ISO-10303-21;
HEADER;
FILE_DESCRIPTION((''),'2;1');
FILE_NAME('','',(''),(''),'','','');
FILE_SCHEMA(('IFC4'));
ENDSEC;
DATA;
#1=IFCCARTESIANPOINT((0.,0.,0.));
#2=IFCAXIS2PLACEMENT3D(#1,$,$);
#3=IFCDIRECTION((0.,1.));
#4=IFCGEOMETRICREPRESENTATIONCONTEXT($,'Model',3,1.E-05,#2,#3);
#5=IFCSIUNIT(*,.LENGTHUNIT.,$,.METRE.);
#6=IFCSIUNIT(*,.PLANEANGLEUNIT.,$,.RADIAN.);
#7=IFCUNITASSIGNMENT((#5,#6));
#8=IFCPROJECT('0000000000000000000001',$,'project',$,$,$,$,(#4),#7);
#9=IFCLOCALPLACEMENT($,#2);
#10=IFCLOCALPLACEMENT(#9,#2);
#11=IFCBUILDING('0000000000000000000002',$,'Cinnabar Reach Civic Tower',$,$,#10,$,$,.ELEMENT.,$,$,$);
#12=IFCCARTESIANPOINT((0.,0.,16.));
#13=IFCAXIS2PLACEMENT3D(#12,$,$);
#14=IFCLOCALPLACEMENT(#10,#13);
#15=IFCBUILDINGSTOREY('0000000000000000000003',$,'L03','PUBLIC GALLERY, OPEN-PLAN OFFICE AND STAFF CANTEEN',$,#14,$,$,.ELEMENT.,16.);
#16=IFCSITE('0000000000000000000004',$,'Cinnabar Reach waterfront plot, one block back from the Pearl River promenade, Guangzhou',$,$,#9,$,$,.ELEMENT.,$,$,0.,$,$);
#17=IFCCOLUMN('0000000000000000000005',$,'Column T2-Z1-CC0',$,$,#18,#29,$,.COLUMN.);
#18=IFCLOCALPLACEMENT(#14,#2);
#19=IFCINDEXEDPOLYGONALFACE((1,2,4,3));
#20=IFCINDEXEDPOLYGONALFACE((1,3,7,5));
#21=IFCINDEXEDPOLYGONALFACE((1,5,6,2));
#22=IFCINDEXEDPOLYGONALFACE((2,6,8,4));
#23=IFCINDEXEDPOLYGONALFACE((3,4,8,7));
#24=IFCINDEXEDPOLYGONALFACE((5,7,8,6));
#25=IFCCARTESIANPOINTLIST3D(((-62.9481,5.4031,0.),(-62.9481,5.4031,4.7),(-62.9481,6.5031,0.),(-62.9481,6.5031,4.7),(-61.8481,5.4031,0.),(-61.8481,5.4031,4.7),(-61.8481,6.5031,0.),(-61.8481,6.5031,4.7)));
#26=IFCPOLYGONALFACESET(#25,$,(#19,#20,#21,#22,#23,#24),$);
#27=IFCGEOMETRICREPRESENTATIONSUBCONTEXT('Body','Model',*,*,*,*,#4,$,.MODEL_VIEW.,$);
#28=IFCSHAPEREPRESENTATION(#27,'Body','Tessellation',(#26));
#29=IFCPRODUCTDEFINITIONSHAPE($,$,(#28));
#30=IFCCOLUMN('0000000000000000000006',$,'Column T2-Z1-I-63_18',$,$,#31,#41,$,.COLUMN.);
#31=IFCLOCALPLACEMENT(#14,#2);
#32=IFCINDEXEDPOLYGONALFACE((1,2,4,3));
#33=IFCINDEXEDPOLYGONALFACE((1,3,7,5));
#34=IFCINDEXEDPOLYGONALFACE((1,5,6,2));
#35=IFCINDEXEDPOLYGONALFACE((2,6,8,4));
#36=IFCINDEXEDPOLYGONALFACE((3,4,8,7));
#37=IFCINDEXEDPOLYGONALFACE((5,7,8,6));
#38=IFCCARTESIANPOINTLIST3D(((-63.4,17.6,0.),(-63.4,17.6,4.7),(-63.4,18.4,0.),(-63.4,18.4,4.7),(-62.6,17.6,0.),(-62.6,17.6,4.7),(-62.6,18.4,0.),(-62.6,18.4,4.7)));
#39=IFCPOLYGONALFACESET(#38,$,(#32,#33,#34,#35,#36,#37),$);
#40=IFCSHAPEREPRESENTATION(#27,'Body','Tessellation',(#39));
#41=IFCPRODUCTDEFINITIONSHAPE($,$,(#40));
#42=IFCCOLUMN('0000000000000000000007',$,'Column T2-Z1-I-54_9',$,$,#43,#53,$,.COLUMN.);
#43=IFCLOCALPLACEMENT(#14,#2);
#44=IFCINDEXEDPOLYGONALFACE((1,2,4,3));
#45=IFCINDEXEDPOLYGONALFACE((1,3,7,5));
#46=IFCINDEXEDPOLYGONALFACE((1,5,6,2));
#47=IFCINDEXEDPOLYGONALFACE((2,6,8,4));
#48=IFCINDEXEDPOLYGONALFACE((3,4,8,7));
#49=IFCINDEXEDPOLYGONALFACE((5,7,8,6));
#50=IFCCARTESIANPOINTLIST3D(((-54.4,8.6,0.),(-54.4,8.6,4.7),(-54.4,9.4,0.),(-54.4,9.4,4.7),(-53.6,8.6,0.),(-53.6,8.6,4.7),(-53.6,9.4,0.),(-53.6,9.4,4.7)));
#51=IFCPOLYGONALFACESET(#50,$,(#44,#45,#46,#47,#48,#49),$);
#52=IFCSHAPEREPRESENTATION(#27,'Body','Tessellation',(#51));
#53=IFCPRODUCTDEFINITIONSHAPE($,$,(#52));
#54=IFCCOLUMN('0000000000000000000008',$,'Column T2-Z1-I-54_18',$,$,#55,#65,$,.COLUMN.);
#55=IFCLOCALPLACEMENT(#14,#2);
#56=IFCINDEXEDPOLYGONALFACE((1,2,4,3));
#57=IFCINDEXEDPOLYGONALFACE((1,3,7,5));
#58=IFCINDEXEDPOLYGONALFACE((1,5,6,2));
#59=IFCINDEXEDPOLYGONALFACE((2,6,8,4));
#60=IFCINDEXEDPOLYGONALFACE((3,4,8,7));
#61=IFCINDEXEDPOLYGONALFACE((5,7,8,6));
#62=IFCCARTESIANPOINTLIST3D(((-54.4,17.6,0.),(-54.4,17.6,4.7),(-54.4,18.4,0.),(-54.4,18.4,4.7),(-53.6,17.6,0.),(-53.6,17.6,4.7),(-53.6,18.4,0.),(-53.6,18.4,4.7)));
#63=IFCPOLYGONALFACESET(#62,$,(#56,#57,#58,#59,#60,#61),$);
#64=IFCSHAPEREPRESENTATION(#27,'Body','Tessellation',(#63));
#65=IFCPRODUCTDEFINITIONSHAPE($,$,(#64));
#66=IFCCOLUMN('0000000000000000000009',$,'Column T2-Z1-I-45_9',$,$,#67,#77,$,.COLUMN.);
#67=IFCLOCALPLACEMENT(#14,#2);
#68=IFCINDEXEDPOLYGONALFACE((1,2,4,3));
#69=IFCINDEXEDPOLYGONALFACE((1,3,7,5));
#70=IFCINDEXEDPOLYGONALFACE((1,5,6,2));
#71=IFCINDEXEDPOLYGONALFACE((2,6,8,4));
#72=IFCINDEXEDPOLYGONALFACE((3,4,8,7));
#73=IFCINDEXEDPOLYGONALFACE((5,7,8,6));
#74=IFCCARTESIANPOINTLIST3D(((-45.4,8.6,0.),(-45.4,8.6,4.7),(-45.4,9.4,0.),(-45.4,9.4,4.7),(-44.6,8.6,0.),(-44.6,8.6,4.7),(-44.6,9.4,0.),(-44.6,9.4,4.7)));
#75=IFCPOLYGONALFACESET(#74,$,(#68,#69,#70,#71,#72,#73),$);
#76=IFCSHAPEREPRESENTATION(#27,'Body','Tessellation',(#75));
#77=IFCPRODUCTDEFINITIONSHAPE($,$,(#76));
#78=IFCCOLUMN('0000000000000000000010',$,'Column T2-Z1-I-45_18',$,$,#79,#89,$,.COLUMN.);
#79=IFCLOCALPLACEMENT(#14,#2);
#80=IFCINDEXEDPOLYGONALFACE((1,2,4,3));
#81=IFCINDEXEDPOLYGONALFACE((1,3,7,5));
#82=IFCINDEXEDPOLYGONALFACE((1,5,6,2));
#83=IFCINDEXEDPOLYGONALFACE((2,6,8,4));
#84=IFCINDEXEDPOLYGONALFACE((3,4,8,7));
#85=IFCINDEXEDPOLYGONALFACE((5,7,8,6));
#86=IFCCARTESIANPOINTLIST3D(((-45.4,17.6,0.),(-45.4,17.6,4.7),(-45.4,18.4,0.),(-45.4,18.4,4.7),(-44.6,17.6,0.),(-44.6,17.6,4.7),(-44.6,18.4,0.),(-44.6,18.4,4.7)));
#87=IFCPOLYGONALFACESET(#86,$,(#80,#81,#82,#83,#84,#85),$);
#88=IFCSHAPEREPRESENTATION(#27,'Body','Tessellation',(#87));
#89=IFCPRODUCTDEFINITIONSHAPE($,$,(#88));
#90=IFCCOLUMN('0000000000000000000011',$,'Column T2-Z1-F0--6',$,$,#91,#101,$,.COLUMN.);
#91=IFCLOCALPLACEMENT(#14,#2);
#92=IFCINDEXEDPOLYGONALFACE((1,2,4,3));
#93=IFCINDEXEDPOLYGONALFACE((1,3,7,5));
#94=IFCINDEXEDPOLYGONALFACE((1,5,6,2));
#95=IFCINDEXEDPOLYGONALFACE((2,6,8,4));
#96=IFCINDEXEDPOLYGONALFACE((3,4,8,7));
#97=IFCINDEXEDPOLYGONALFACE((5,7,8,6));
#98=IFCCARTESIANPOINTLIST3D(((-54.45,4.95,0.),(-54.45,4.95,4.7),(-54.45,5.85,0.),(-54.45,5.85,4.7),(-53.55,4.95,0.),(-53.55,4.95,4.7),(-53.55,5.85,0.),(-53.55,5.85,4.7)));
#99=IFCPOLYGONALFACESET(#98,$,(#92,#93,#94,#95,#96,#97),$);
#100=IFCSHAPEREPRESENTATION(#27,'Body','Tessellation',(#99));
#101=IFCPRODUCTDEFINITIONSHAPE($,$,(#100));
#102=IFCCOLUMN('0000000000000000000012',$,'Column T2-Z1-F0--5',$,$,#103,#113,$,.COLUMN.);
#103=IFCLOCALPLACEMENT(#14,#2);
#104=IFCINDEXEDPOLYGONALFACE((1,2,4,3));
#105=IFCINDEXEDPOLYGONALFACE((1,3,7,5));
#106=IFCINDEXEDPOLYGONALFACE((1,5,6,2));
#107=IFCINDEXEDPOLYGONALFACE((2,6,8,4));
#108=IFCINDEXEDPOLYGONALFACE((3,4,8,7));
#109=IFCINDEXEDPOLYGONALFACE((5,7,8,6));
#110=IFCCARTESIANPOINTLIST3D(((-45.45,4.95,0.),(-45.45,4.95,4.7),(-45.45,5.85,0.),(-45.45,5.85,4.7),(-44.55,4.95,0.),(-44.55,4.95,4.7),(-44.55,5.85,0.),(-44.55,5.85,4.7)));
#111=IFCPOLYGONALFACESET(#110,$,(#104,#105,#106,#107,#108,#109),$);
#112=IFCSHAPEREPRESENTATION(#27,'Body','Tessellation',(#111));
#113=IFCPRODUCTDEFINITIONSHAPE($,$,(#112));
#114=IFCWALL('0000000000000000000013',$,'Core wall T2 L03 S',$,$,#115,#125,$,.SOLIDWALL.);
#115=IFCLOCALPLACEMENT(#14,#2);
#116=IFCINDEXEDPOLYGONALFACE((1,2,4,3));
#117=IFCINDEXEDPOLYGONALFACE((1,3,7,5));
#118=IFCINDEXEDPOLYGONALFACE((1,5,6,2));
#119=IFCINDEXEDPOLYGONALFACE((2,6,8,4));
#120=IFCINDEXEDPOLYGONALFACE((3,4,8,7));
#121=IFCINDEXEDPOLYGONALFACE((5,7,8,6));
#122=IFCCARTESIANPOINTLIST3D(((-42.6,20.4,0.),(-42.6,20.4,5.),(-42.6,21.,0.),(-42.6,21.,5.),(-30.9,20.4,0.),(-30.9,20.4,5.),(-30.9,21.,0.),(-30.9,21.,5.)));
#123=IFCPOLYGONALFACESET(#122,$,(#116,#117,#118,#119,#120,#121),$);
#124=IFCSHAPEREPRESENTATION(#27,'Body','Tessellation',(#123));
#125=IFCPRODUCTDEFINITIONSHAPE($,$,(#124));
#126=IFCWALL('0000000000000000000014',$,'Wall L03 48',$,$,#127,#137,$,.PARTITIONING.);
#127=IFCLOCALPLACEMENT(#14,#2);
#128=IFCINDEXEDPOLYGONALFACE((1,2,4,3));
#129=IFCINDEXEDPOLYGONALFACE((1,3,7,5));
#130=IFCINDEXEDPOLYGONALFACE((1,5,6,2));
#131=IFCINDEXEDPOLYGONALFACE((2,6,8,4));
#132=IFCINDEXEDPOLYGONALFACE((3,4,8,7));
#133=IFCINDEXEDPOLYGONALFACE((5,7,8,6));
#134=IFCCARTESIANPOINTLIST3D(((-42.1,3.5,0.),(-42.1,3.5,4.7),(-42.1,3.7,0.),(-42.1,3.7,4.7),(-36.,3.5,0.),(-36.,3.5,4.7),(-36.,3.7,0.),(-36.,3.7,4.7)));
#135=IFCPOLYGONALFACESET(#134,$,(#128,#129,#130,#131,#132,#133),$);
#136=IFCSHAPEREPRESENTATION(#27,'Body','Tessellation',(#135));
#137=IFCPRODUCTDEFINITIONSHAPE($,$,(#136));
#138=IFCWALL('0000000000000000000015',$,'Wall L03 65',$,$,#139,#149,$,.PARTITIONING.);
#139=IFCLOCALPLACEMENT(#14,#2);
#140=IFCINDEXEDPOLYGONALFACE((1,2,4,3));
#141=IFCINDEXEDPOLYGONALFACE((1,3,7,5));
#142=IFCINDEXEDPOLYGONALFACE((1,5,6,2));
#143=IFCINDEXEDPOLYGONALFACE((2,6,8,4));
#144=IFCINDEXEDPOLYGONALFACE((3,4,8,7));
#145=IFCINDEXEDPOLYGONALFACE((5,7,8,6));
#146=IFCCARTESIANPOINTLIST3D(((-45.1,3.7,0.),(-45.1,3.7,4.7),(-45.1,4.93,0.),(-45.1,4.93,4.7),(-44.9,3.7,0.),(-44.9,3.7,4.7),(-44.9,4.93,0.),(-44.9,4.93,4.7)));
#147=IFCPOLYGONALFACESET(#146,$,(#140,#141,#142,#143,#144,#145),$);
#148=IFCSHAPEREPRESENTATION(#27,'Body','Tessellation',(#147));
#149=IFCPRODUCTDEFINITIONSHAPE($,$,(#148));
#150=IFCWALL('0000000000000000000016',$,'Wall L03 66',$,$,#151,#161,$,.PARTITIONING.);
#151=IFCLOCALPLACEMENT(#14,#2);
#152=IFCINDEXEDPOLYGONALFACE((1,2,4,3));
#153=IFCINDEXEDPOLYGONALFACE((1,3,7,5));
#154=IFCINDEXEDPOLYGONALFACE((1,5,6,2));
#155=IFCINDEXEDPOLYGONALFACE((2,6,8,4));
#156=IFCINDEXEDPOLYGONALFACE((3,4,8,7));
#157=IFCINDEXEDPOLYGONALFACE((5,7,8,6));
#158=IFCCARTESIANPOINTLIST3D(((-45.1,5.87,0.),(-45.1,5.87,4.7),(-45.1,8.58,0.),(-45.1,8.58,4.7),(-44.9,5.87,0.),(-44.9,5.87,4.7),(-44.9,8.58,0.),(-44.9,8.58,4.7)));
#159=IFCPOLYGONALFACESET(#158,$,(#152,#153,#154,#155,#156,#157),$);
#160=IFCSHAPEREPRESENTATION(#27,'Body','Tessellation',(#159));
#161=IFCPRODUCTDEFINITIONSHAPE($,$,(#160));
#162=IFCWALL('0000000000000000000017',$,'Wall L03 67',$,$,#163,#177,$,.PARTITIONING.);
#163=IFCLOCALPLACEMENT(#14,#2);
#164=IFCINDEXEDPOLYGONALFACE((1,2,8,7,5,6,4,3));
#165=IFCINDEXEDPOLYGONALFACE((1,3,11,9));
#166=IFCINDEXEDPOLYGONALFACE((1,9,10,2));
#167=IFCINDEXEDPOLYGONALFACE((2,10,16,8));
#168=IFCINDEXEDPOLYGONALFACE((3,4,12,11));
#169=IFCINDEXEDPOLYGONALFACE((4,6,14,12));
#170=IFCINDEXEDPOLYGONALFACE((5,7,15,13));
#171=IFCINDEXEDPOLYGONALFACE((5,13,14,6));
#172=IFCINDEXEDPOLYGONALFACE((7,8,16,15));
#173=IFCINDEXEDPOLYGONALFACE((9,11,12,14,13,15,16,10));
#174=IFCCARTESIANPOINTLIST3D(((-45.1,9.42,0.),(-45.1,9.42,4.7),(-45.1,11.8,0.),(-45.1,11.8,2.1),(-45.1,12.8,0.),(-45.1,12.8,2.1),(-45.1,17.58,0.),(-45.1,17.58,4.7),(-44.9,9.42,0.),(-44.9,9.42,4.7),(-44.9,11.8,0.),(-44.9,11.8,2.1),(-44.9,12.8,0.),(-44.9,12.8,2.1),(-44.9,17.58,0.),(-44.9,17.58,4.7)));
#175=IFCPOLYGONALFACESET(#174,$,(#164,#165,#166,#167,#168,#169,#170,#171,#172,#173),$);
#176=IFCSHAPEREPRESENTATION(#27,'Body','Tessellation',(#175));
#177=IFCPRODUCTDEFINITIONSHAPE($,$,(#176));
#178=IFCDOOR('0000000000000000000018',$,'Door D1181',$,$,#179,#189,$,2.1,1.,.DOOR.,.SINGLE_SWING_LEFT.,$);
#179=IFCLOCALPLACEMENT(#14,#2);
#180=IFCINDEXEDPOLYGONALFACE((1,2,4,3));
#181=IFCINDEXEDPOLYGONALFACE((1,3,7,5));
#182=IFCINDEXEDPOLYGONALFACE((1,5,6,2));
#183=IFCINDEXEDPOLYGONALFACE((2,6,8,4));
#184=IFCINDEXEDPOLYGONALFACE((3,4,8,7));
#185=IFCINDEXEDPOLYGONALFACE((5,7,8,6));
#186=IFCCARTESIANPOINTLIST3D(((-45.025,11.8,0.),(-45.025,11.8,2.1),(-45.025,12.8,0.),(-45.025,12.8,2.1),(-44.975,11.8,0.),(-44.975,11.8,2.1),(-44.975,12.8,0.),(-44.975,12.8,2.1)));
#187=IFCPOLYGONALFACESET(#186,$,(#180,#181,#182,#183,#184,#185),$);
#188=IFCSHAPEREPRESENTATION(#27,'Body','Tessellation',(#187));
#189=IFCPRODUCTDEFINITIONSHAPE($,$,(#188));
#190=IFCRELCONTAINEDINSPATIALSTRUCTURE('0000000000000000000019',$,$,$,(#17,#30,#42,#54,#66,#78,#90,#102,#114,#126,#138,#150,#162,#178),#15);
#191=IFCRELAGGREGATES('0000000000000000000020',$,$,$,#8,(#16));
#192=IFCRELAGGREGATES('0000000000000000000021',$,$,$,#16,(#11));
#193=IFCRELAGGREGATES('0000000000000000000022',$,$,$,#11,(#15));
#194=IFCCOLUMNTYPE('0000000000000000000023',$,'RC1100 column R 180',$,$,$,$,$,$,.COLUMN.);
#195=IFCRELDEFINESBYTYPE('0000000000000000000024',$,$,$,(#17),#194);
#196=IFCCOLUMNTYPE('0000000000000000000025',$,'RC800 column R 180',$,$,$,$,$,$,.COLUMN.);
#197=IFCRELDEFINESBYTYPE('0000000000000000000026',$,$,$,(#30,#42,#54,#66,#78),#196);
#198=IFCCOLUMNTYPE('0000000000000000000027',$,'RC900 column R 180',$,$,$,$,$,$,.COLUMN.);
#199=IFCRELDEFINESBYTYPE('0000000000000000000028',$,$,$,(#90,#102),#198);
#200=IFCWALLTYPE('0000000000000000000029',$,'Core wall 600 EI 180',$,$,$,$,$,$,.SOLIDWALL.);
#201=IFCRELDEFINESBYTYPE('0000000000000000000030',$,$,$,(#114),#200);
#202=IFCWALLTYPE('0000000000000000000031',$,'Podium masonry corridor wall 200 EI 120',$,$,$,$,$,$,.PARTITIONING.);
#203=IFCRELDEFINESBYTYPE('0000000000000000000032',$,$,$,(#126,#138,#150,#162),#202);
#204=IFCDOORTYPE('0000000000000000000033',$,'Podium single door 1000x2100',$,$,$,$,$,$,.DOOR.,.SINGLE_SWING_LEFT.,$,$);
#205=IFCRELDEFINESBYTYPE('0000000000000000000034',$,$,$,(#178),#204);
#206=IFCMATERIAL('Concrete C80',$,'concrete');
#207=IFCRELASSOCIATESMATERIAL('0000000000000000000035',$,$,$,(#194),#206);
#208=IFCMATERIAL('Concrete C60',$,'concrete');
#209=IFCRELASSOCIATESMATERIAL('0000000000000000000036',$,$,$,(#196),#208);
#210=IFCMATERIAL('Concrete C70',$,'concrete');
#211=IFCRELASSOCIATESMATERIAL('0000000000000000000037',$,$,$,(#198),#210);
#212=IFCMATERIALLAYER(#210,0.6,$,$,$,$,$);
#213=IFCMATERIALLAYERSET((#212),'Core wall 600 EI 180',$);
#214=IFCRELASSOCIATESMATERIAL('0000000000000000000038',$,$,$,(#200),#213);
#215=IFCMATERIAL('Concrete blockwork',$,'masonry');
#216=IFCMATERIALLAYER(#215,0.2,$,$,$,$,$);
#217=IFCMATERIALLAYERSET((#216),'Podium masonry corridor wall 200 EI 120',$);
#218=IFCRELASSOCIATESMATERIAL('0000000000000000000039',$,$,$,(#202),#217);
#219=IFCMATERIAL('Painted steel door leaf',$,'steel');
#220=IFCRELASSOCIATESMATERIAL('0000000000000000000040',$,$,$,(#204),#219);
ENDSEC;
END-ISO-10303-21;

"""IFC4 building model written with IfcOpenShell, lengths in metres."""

from ifc_helpers import new_model, si_unit, direction, frame, frame_2d, origin, origin_2d, place, context, subcontext, project, spatial, rectangle, extrude, material, layer, layer_set, material_profile, profile_set, type_object, element, fill, save


model = new_model("IFC4")

# Units and contexts
model_context = context("Model", 3, precision=1e-05, world=origin(), true_north=direction((0.0, 1.0)))
body_context = subcontext(model_context, "Body", "Model", "MODEL_VIEW")
ifc_project = project(units=[si_unit("LENGTHUNIT", "METRE"), si_unit("PLANEANGLEUNIT", "RADIAN")], contexts=[model_context])

# Site, building, storey
site_placement = place(None, origin())
site = spatial("IfcSite", under=ifc_project, at=site_placement, Name="Cinnabar Reach waterfront plot, one block back from the Pearl River promenade, Guangzhou", CompositionType="ELEMENT", RefElevation=0.0)
building_placement = place(site_placement, origin())
building = spatial("IfcBuilding", under=site, at=building_placement, Name="Cinnabar Reach Civic Tower", CompositionType="ELEMENT")
storey_placement = place(building_placement, frame((0.0, 0.0, 16.0)))
storey = spatial("IfcBuildingStorey", under=building, at=storey_placement, Name="L03", Description="PUBLIC GALLERY, OPEN-PLAN OFFICE AND STAFF CANTEEN", CompositionType="ELEMENT", Elevation=16.0)

# Columns
ifc_material_1 = material(Name="Concrete C80", Category="concrete")
ifc_material_profile_1 = material_profile(ifc_material_1, rectangle(XDim=1.1, YDim=1.1, at=origin_2d()), Name="RC1100")
ifc_profile_set_1 = profile_set([ifc_material_profile_1], Name="Concrete C80")
column_type_1 = type_object("IfcColumnType", Name="RC1100 column R 180", PredefinedType="COLUMN", material=ifc_profile_set_1)
column_placement = place(storey_placement, frame((-62.3981, 5.9531, 0.0), z_axis=(0.0, 0.0, 1.0), x_axis=(1.0, 0.0, 0.0)))
element("IfcColumn", 1, at=column_placement, inside=storey, type_object=column_type_1, Name="Column T2-Z1-CC0", PredefinedType="COLUMN", context=body_context, shape_type="SweptSolid", body=[
    extrude(rectangle(XDim=1.1, YDim=1.1, at=origin_2d()), origin(), (0.0, 0.0, 1.0), 4.7),
])
ifc_material_2 = material(Name="Concrete C60", Category="concrete")
ifc_material_profile_2 = material_profile(ifc_material_2, rectangle(XDim=0.8, YDim=0.8, at=origin_2d()), Name="RC800")
ifc_profile_set_2 = profile_set([ifc_material_profile_2], Name="Concrete C60")
column_type_2 = type_object("IfcColumnType", Name="RC800 column R 180", PredefinedType="COLUMN", material=ifc_profile_set_2)
for number, where, z_axis, x_axis, name in (
    (2, (-63.0, 18.0, 0.0), (0.0, 0.0, 1.0), (1.0, 0.0, 0.0), "Column T2-Z1-I-63_18"),
    (3, (-54.0, 9.0, 0.0), (0.0, 0.0, 1.0), (1.0, 0.0, 0.0), "Column T2-Z1-I-54_9"),
    (4, (-54.0, 18.0, 0.0), (0.0, 0.0, 1.0), (1.0, 0.0, 0.0), "Column T2-Z1-I-54_18"),
    (5, (-45.0, 9.0, 0.0), (0.0, 0.0, 1.0), (1.0, 0.0, 0.0), "Column T2-Z1-I-45_9"),
    (6, (-45.0, 18.0, 0.0), (0.0, 0.0, 1.0), (1.0, 0.0, 0.0), "Column T2-Z1-I-45_18"),
):
    element("IfcColumn", number, at=place(storey_placement, frame(where, z_axis=z_axis, x_axis=x_axis)), inside=storey, type_object=column_type_2, Name=name, PredefinedType="COLUMN", context=body_context, shape_type="SweptSolid", body=[
        extrude(rectangle(XDim=0.8, YDim=0.8, at=origin_2d()), origin(), (0.0, 0.0, 1.0), 4.7),
    ])
ifc_material_3 = material(Name="Concrete C70", Category="concrete")
ifc_material_profile_3 = material_profile(ifc_material_3, rectangle(XDim=0.9, YDim=0.9, at=origin_2d()), Name="RC900")
ifc_profile_set_3 = profile_set([ifc_material_profile_3], Name="Concrete C70")
column_type_3 = type_object("IfcColumnType", Name="RC900 column R 180", PredefinedType="COLUMN", material=ifc_profile_set_3)
for number, where, z_axis, x_axis, name in (
    (7, (-54.0, 5.4, 0.0), (0.0, 0.0, 1.0), (1.0, 0.0, 0.0), "Column T2-Z1-F0--6"),
    (8, (-45.0, 5.4, 0.0), (0.0, 0.0, 1.0), (1.0, 0.0, 0.0), "Column T2-Z1-F0--5"),
):
    element("IfcColumn", number, at=place(storey_placement, frame(where, z_axis=z_axis, x_axis=x_axis)), inside=storey, type_object=column_type_3, Name=name, PredefinedType="COLUMN", context=body_context, shape_type="SweptSolid", body=[
        extrude(rectangle(XDim=0.9, YDim=0.9, at=origin_2d()), origin(), (0.0, 0.0, 1.0), 4.7),
    ])

# Walls
ifc_layer_1 = layer(ifc_material_3, 0.6)
ifc_layer_set_1 = layer_set([ifc_layer_1], Name="Core wall 600 EI 180")
wall_type_1 = type_object("IfcWallType", Name="Core wall 600 EI 180", PredefinedType="SOLIDWALL", material=ifc_layer_set_1)
wall_1_placement = place(storey_placement, frame((-42.6, 20.7, 0.0), z_axis=(0.0, 0.0, 1.0), x_axis=(1.0, 0.0, 0.0)))
element("IfcWall", 9, at=wall_1_placement, inside=storey, type_object=wall_type_1, Name="Core wall T2 L03 S", PredefinedType="SOLIDWALL", context=body_context, shape_type="SweptSolid", body=[
    extrude(rectangle(XDim=11.7, YDim=0.6, at=frame_2d((5.85, 0.0))), origin(), (0.0, 0.0, 1.0), 5.0),
])
ifc_material_4 = material(Name="Concrete blockwork", Category="masonry")
ifc_layer_2 = layer(ifc_material_4, 0.2)
ifc_layer_set_2 = layer_set([ifc_layer_2], Name="Podium masonry corridor wall 200 EI 120")
wall_type_2 = type_object("IfcWallType", Name="Podium masonry corridor wall 200 EI 120", PredefinedType="PARTITIONING", material=ifc_layer_set_2)
wall_2_placement = place(storey_placement, frame((-42.1, 3.6, 0.0), z_axis=(0.0, 0.0, 1.0), x_axis=(1.0, 0.0, 0.0)))
element("IfcWall", 10, at=wall_2_placement, inside=storey, type_object=wall_type_2, Name="Wall L03 48", PredefinedType="PARTITIONING", context=body_context, shape_type="SweptSolid", body=[
    extrude(rectangle(XDim=6.1, YDim=0.2, at=frame_2d((3.05, 0.0))), origin(), (0.0, 0.0, 1.0), 4.7),
])
wall_3_placement = place(storey_placement, frame((-45.0, 3.7, 0.0), z_axis=(0.0, 0.0, 1.0), x_axis=(0.0, 1.0, 0.0)))
element("IfcWall", 11, at=wall_3_placement, inside=storey, type_object=wall_type_2, Name="Wall L03 65", PredefinedType="PARTITIONING", context=body_context, shape_type="SweptSolid", body=[
    extrude(rectangle(XDim=1.23, YDim=0.2, at=frame_2d((0.615, 0.0))), origin(), (0.0, 0.0, 1.0), 4.7),
])
wall_4_placement = place(storey_placement, frame((-45.0, 5.87, 0.0), z_axis=(0.0, 0.0, 1.0), x_axis=(0.0, 1.0, 0.0)))
element("IfcWall", 12, at=wall_4_placement, inside=storey, type_object=wall_type_2, Name="Wall L03 66", PredefinedType="PARTITIONING", context=body_context, shape_type="SweptSolid", body=[
    extrude(rectangle(XDim=2.71, YDim=0.2, at=frame_2d((1.355, 0.0))), origin(), (0.0, 0.0, 1.0), 4.7),
])

# Wall, opening, door
wall_5_placement = place(storey_placement, frame((-45.0, 9.42, 0.0), z_axis=(0.0, 0.0, 1.0), x_axis=(0.0, 1.0, 0.0)))
wall_5 = element("IfcWall", 13, at=wall_5_placement, inside=storey, type_object=wall_type_2, Name="Wall L03 67", PredefinedType="PARTITIONING", context=body_context, shape_type="SweptSolid", body=[
    extrude(rectangle(XDim=8.16, YDim=0.2, at=frame_2d((4.08, 0.0))), origin(), (0.0, 0.0, 1.0), 4.7),
])
opening_placement = place(wall_5_placement, frame((2.38, 0.0, 0.0)))
opening = element("IfcOpeningElement", 14, at=opening_placement, cuts=wall_5, PredefinedType="OPENING", context=body_context, shape_type="SweptSolid", body=[
    extrude(rectangle(XDim=1.0, YDim=2.1, at=frame_2d((0.5, 1.05))), frame((0.0, 0.11, 0.0), z_axis=(0.0, -1.0, 0.0), x_axis=(1.0, 0.0, 0.0)), (0.0, 0.0, 1.0), 0.22),
])
ifc_material_5 = material(Name="Painted steel door leaf", Category="steel")
door_type = type_object("IfcDoorType", Name="Podium single door 1000x2100", OperationType="SINGLE_SWING_LEFT", PredefinedType="DOOR", material=ifc_material_5)
door_placement = place(opening_placement, origin())
door = element("IfcDoor", 15, at=door_placement, inside=storey, type_object=door_type, Name="Door D1181", OperationType="SINGLE_SWING_LEFT", OverallHeight=2.1, OverallWidth=1.0, PredefinedType="DOOR", context=body_context, shape_type="SweptSolid", body=[
    extrude(rectangle(XDim=1.0, YDim=2.1, at=frame_2d((0.5, 1.05))), frame((0.0, 0.025, 0.0), z_axis=(0.0, -1.0, 0.0), x_axis=(1.0, 0.0, 0.0)), (0.0, 0.0, 1.0), 0.05),
])
fill(opening, door)

save(model, "model.ifc")
